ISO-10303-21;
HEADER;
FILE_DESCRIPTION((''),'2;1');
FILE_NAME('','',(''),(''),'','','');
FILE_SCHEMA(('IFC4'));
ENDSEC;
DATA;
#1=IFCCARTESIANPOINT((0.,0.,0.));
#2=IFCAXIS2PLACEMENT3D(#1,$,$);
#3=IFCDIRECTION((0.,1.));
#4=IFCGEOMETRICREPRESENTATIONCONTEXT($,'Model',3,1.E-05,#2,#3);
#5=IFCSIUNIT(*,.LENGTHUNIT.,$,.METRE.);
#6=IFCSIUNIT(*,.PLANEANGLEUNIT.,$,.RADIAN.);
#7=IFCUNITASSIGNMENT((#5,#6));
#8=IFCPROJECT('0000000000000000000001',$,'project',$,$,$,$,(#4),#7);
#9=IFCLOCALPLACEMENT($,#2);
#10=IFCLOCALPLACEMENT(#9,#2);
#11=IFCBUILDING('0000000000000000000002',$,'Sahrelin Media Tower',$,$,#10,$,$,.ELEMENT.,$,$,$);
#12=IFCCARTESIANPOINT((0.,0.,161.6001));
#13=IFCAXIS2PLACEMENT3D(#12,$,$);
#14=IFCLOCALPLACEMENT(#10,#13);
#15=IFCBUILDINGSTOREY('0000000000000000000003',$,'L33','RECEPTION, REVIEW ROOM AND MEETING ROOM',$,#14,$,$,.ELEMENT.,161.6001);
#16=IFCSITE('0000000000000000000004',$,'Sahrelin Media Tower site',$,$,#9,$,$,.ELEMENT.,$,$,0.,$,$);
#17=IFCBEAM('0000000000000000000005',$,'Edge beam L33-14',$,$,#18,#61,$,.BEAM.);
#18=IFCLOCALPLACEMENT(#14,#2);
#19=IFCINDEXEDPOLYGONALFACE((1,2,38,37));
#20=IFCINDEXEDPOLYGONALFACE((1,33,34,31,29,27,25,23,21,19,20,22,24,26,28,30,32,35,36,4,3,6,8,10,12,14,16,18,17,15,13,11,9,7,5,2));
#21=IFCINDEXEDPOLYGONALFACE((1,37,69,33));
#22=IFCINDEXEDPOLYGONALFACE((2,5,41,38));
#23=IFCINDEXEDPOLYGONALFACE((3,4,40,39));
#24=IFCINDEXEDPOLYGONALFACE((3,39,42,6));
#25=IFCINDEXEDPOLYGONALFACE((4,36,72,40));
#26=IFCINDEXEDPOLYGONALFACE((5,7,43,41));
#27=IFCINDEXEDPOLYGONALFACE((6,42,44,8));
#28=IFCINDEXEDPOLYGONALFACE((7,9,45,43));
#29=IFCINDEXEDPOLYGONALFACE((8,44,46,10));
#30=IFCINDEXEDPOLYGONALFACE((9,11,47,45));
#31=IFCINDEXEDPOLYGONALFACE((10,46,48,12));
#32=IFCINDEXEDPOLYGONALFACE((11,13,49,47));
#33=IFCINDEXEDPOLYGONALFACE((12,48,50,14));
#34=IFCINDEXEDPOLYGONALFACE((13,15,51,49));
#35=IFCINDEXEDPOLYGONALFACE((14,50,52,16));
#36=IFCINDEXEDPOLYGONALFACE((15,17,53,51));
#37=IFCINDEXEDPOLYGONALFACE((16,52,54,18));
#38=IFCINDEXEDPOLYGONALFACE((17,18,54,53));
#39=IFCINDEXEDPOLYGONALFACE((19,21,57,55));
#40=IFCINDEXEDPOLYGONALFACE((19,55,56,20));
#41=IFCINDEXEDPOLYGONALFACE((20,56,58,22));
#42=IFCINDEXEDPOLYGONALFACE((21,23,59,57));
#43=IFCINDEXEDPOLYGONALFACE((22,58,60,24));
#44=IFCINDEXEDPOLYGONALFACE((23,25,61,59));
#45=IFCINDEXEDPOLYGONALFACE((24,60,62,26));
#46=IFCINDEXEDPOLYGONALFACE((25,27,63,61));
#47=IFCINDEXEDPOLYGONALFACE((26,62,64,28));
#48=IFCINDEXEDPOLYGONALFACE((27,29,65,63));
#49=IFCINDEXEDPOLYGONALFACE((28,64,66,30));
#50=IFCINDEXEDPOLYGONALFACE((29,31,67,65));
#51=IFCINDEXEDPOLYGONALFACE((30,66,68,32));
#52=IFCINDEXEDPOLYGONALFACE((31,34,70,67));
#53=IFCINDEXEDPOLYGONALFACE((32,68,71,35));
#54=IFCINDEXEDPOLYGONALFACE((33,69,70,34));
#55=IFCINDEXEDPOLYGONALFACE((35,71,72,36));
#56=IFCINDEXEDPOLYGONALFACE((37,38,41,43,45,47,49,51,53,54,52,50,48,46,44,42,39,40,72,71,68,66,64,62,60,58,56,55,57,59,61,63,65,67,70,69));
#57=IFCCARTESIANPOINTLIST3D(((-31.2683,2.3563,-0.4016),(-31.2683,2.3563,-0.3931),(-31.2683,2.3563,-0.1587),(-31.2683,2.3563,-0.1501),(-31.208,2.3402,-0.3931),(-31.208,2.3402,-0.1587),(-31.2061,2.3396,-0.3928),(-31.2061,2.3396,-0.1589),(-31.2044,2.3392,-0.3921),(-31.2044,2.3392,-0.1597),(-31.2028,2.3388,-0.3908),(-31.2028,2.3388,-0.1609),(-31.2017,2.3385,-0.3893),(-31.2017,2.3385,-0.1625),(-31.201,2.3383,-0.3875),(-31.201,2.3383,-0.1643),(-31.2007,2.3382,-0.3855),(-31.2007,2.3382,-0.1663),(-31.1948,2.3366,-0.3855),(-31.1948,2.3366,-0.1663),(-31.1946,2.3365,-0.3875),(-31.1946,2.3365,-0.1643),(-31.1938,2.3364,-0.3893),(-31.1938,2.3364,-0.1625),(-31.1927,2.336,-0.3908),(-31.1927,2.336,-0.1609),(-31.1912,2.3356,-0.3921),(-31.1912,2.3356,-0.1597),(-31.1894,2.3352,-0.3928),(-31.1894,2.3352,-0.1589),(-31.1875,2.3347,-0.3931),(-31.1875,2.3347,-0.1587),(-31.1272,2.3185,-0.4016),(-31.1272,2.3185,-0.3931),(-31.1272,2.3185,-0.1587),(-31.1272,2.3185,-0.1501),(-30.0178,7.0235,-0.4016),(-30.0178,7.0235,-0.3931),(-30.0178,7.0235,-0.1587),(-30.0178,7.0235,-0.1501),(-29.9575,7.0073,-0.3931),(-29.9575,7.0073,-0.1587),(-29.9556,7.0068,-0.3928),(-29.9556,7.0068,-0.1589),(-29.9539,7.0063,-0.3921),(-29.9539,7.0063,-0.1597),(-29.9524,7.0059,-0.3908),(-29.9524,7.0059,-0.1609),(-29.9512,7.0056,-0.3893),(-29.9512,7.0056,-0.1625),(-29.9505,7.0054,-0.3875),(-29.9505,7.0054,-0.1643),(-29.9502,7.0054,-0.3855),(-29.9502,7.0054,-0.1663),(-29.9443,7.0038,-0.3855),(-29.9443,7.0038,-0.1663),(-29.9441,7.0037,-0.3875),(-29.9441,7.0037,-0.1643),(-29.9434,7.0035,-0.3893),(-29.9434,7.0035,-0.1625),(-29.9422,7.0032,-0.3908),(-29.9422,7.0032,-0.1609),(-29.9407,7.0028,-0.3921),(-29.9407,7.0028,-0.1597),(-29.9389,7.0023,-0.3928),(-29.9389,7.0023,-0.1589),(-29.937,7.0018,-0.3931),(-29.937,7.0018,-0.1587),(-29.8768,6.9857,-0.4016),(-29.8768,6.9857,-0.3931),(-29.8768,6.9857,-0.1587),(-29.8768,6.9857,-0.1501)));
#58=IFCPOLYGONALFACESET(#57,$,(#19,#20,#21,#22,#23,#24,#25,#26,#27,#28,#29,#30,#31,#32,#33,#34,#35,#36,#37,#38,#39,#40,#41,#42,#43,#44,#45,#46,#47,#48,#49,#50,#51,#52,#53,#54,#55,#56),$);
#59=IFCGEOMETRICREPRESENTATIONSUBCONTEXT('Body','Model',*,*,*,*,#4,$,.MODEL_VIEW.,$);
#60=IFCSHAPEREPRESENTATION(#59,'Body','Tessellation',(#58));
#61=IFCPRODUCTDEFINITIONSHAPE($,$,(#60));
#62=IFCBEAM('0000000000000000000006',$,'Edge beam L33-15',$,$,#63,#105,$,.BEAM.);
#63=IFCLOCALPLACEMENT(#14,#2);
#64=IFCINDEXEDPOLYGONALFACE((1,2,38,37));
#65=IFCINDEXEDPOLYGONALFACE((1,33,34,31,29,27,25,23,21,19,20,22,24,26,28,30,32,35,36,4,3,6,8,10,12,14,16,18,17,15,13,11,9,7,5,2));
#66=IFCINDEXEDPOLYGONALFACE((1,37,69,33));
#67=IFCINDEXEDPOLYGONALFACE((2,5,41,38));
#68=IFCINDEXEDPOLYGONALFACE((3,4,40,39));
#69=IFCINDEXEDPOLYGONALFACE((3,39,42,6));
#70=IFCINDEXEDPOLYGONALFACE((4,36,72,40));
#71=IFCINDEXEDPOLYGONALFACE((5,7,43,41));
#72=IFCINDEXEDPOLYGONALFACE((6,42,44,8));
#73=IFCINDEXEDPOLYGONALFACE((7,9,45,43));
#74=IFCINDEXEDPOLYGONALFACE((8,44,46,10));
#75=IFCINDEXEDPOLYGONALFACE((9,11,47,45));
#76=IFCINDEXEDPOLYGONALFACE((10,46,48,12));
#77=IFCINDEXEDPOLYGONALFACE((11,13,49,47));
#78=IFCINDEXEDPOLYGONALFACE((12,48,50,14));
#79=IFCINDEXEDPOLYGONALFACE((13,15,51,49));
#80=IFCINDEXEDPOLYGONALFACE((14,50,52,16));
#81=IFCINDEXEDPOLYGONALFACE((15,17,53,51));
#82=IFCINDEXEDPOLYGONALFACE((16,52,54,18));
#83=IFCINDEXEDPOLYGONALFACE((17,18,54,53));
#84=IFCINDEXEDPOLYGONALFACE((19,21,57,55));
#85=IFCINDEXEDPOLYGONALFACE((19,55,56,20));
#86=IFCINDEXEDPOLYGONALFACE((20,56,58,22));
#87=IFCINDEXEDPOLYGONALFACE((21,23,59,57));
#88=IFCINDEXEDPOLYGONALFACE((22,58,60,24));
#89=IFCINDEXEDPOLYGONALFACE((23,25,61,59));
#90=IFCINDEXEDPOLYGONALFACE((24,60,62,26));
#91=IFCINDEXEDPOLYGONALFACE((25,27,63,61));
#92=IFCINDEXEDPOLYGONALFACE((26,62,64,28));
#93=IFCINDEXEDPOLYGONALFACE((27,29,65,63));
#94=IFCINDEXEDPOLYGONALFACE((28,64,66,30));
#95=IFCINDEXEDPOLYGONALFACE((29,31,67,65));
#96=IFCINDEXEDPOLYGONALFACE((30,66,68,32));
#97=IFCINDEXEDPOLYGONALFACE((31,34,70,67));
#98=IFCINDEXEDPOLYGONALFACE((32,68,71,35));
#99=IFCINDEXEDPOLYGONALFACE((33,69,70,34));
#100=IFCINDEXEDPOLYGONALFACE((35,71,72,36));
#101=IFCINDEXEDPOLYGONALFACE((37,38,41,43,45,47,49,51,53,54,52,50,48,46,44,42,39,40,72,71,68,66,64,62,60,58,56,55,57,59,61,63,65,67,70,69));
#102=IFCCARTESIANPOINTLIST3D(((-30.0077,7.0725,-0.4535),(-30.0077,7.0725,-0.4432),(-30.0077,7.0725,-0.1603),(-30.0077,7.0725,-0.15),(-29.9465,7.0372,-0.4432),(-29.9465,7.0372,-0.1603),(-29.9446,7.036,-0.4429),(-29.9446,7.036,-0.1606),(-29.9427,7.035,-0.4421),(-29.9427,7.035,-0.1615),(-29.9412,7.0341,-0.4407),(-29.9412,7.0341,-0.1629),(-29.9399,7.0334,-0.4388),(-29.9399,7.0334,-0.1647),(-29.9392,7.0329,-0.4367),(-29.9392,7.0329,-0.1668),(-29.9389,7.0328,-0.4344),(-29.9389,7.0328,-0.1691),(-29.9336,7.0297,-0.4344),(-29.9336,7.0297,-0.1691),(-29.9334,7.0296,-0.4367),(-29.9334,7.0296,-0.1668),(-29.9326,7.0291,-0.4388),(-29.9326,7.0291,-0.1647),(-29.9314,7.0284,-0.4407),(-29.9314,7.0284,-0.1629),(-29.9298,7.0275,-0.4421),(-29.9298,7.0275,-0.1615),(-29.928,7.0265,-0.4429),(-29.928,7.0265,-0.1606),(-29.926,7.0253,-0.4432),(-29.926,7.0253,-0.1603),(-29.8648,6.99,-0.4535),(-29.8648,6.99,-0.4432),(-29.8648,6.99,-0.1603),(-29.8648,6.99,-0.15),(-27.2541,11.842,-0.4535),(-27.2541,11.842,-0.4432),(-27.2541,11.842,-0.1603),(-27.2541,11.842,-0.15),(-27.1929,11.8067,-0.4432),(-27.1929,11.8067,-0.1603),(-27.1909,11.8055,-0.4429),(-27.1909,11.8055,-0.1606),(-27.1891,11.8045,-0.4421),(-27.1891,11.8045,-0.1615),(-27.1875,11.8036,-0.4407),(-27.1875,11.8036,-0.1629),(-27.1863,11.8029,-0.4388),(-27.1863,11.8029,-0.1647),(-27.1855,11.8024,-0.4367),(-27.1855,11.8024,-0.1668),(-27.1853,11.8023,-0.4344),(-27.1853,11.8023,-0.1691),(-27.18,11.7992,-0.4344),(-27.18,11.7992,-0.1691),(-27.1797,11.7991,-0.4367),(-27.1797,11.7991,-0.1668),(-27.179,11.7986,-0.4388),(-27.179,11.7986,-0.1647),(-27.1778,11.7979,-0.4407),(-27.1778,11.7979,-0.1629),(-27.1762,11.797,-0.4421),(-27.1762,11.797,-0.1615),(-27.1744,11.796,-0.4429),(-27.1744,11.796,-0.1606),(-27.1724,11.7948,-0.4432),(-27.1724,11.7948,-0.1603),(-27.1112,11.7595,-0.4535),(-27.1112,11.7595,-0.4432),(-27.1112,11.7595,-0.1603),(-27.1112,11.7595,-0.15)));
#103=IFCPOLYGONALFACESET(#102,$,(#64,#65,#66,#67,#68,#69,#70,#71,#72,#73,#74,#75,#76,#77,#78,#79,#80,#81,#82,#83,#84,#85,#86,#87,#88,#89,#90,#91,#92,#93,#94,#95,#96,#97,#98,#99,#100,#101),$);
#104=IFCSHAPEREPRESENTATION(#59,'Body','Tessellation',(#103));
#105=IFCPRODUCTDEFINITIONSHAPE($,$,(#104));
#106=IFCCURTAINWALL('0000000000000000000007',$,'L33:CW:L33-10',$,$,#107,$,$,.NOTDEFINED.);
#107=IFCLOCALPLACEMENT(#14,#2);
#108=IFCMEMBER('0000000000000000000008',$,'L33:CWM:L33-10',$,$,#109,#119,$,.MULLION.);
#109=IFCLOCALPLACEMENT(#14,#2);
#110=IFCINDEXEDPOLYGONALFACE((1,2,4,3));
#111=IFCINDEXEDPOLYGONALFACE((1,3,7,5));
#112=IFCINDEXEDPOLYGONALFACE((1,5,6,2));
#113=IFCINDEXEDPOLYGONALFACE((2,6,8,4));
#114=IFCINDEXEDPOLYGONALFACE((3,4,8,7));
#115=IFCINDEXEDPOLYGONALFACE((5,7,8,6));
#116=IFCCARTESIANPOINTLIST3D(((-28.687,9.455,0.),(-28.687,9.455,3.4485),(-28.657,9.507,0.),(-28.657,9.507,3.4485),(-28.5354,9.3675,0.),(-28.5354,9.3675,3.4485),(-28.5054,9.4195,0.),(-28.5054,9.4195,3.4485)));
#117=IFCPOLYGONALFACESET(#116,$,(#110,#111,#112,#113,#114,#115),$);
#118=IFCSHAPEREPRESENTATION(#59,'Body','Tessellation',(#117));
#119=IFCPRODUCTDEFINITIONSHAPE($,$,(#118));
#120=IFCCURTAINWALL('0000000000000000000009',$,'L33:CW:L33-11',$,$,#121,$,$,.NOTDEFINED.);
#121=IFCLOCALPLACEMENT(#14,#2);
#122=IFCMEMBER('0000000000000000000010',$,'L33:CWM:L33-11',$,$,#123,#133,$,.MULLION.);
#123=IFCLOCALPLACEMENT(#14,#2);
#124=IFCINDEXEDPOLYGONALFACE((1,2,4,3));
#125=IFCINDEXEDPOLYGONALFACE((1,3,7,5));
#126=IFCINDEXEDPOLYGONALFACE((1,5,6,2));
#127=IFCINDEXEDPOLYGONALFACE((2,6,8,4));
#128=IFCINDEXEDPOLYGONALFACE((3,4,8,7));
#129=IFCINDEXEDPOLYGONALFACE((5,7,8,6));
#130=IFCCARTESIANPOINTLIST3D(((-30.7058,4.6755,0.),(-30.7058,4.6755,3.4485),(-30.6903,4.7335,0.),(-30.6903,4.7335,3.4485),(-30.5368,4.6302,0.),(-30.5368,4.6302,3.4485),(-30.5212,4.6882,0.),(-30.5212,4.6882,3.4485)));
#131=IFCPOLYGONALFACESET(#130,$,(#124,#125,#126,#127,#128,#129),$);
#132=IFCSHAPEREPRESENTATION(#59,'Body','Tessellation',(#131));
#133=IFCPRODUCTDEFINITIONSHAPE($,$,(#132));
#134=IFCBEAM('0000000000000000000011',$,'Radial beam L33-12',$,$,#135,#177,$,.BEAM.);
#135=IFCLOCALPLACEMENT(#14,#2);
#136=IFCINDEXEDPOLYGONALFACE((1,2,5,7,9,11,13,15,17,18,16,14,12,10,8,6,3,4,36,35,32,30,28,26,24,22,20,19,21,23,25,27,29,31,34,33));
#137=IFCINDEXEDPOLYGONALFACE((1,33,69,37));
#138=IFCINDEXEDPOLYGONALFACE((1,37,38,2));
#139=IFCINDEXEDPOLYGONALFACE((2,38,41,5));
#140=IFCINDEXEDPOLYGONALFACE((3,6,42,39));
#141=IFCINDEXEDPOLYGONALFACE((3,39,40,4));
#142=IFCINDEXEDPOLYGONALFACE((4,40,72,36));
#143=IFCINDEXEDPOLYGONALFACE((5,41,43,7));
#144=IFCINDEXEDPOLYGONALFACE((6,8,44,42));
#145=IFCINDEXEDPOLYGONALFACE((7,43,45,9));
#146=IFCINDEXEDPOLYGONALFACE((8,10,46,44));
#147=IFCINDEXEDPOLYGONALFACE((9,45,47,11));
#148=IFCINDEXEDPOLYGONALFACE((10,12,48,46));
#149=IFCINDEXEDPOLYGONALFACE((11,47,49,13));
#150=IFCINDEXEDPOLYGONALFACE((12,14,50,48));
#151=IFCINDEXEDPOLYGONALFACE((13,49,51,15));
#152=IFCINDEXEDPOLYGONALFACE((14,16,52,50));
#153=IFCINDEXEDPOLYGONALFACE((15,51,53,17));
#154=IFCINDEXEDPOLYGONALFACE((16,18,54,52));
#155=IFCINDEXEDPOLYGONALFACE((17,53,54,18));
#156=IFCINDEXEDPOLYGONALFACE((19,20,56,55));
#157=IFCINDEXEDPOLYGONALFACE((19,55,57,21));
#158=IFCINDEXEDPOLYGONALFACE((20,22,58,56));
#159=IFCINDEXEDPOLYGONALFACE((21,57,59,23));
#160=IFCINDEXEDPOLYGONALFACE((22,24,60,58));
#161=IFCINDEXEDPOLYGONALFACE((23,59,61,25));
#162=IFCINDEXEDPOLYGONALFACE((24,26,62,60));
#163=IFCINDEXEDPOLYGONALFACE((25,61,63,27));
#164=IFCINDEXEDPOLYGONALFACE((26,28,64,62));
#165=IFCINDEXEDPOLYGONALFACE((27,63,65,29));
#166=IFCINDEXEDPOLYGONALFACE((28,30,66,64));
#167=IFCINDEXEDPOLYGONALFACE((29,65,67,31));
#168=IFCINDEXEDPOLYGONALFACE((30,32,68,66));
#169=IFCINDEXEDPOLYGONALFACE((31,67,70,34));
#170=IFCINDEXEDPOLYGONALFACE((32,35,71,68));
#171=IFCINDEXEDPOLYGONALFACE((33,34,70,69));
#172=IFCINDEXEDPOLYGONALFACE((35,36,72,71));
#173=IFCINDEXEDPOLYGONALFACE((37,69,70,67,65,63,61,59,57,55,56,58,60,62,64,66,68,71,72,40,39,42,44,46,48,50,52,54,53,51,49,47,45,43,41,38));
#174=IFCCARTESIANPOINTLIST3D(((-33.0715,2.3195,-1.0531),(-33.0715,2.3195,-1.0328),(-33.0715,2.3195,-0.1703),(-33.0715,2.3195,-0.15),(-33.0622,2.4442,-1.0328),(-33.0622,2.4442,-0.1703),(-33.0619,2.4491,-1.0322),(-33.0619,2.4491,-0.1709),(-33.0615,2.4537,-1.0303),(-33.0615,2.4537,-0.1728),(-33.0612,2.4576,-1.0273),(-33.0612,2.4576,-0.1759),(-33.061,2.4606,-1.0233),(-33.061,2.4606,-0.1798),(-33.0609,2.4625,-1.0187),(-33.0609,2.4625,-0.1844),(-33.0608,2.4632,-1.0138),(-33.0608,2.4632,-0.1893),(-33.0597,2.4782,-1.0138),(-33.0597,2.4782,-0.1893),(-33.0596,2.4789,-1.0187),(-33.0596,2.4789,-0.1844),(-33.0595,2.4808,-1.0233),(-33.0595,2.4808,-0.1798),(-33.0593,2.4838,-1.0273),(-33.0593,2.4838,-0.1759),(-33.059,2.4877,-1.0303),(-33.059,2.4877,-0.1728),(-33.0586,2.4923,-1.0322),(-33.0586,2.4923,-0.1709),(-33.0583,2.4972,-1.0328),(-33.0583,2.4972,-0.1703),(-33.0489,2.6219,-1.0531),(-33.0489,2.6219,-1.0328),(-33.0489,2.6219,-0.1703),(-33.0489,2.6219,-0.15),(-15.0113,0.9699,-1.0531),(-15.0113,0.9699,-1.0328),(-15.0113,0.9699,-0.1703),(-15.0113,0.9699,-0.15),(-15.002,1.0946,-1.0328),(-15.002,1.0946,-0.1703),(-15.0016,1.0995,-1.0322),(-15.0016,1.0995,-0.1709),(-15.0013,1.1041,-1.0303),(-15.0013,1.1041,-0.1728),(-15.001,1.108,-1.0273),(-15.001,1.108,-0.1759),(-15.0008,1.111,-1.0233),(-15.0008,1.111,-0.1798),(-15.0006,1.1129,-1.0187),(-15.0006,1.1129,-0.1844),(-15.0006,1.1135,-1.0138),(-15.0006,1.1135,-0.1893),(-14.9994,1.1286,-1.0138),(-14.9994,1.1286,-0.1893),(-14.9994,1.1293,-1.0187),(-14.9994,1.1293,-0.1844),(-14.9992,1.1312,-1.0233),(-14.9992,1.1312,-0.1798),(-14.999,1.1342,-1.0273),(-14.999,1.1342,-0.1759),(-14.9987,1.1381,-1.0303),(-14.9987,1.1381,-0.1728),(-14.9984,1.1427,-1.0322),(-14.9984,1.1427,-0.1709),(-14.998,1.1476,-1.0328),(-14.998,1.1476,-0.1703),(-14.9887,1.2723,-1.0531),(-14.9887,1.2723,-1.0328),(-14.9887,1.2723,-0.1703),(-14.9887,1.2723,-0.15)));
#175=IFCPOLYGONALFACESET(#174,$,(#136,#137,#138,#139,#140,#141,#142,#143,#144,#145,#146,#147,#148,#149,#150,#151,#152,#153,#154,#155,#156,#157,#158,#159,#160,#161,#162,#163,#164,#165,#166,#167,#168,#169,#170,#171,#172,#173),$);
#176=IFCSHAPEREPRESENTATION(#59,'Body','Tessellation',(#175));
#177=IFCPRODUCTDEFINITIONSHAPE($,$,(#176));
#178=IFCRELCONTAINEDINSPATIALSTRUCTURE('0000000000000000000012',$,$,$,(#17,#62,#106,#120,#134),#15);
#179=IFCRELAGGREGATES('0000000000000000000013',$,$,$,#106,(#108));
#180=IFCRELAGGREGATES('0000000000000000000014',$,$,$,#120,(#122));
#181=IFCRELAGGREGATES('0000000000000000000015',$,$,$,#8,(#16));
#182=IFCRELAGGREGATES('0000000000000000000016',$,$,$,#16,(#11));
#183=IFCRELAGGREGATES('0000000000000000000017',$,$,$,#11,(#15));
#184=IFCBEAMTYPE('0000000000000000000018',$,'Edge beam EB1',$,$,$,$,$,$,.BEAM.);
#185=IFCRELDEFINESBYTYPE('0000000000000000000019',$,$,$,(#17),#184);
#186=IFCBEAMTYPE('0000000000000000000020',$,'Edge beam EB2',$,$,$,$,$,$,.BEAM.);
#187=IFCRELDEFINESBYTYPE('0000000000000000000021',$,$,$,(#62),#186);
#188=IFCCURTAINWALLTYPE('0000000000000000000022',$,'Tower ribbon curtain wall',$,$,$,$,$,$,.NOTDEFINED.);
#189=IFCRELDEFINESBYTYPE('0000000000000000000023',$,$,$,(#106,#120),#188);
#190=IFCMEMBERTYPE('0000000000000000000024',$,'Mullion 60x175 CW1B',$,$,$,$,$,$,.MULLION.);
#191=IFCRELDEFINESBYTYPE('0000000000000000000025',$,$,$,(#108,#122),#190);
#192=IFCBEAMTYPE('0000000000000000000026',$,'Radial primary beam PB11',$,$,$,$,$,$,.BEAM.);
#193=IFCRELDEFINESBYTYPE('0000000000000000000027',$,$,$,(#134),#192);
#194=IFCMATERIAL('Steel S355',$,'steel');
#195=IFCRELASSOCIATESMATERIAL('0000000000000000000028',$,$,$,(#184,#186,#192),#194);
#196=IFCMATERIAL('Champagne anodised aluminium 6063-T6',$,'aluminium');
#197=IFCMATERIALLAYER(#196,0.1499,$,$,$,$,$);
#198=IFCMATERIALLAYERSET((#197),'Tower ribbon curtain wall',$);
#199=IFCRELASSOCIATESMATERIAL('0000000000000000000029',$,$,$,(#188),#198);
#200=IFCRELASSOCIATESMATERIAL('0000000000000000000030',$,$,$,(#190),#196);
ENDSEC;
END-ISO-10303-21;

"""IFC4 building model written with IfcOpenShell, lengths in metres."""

from ifc_helpers import new_model, si_unit, direction, frame, origin, origin_2d, place, context, subcontext, project, spatial, rectangle, i_section, extrude, material, layer, layer_set, material_profile, profile_set, type_object, element, aggregate, save


model = new_model("IFC4")

# Units and contexts
model_context = context("Model", 3, precision=1e-05, world=origin(), true_north=direction((0.0, 1.0)))
body_context = subcontext(model_context, "Body", "Model", "MODEL_VIEW")
ifc_project = project(units=[si_unit("LENGTHUNIT", "METRE"), si_unit("PLANEANGLEUNIT", "RADIAN")], contexts=[model_context])

# Site, building, storey
site_placement = place(None, origin())
site = spatial("IfcSite", under=ifc_project, at=site_placement, Name="Sahrelin Media Tower site", CompositionType="ELEMENT", RefElevation=0.0)
building_placement = place(site_placement, origin())
building = spatial("IfcBuilding", under=site, at=building_placement, Name="Sahrelin Media Tower", CompositionType="ELEMENT")
storey_placement = place(building_placement, frame((0.0, 0.0, 161.6001)))
storey = spatial("IfcBuildingStorey", under=building, at=storey_placement, Name="L33", Description="RECEPTION, REVIEW ROOM AND MEETING ROOM", CompositionType="ELEMENT", Elevation=161.6001)

# Beams
ifc_material_1 = material(Name="Steel S355", Category="steel")
ifc_material_profile_1 = material_profile(ifc_material_1, i_section(OverallWidth=0.146, OverallDepth=0.2515, WebThickness=0.0061, FlangeThickness=0.0085, FilletRadius=0.0076, at=origin_2d()), Name="UB 254x146x31")
ifc_profile_set_1 = profile_set([ifc_material_profile_1], Name="Steel S355")
beam_type_1 = type_object("IfcBeamType", Name="Edge beam EB1", PredefinedType="BEAM", material=ifc_profile_set_1)
beam_1_placement = place(storey_placement, frame((-31.1978, 2.3374, -0.2759), z_axis=(0.258801, 0.965931, 0.0), x_axis=(-0.965931, 0.258801, 0.0)))
element("IfcBeam", 1, at=beam_1_placement, inside=storey, type_object=beam_type_1, Name="Edge beam L33-14", PredefinedType="BEAM", context=body_context, shape_type="SweptSolid", body=[
    extrude(i_section(OverallWidth=0.146, OverallDepth=0.2515, WebThickness=0.0061, FlangeThickness=0.0085, FilletRadius=0.0076, at=origin_2d()), origin(), (0.0, 0.0, 1.0), 4.8318),
])
ifc_material_profile_2 = material_profile(ifc_material_1, i_section(OverallWidth=0.165, OverallDepth=0.3035, WebThickness=0.0061, FlangeThickness=0.0103, FilletRadius=0.0088, at=origin_2d()), Name="UB 305x165x40")
ifc_profile_set_2 = profile_set([ifc_material_profile_2], Name="Steel S355")
beam_type_2 = type_object("IfcBeamType", Name="Edge beam EB2", PredefinedType="BEAM", material=ifc_profile_set_2)
beam_2_placement = place(storey_placement, frame((-29.9363, 7.0312, -0.3018), z_axis=(0.499996, 0.866028, 0.0), x_axis=(-0.866028, 0.499996, 0.0)))
element("IfcBeam", 2, at=beam_2_placement, inside=storey, type_object=beam_type_2, Name="Edge beam L33-15", PredefinedType="BEAM", context=body_context, shape_type="SweptSolid", body=[
    extrude(i_section(OverallWidth=0.165, OverallDepth=0.3035, WebThickness=0.0061, FlangeThickness=0.0103, FilletRadius=0.0088, at=origin_2d()), origin(), (0.0, 0.0, 1.0), 5.5073),
])

# Curtain walls, members
ifc_material_2 = material(Name="Champagne anodised aluminium 6063-T6", Category="aluminium")
ifc_layer_1 = layer(ifc_material_2, 0.1499)
ifc_layer_set_1 = layer_set([ifc_layer_1], Name="Tower ribbon curtain wall")
curtain_wall_type = type_object("IfcCurtainWallType", Name="Tower ribbon curtain wall", PredefinedType="NOTDEFINED", material=ifc_layer_set_1)
curtain_wall_1_placement = place(storey_placement, frame((-28.6892, 9.491, 0.0), z_axis=(0.0, 0.0, 1.0), x_axis=(1.0, 0.0, 0.0)))
curtain_wall_1 = element("IfcCurtainWall", 3, at=curtain_wall_1_placement, inside=storey, type_object=curtain_wall_type, Name="L33:CW:L33-10", PredefinedType="NOTDEFINED")
ifc_material_profile_3 = material_profile(ifc_material_2, rectangle(XDim=0.0601, YDim=0.175, at=origin_2d()), Name="Mullion 60x175")
ifc_profile_set_3 = profile_set([ifc_material_profile_3], Name="Champagne anodised aluminium 6063-T6")
member_type_1 = type_object("IfcMemberType", Name="Mullion 60x175 CW1B", PredefinedType="MULLION", material=ifc_profile_set_3)
member_1_placement = place(storey_placement, frame((-28.5962, 9.4373, 0.0), z_axis=(0.0, 0.0, 1.0), x_axis=(-0.499998, -0.866026, 0.0)))
member_1 = element("IfcMember", 4, at=member_1_placement, type_object=member_type_1, Name="L33:CWM:L33-10", PredefinedType="MULLION", context=body_context, shape_type="SweptSolid", body=[
    extrude(rectangle(XDim=0.0601, YDim=0.175, at=origin_2d()), origin(), (0.0, 0.0, 1.0), 3.4485),
])
curtain_wall_2_placement = place(storey_placement, frame((-30.7173, 4.7097, 0.0), z_axis=(0.0, 0.0, 1.0), x_axis=(1.0, 0.0, 0.0)))
curtain_wall_2 = element("IfcCurtainWall", 5, at=curtain_wall_2_placement, inside=storey, type_object=curtain_wall_type, Name="L33:CW:L33-11", PredefinedType="NOTDEFINED")
member_2_placement = place(storey_placement, frame((-30.6135, 4.6819, 0.0), z_axis=(0.0, 0.0, 1.0), x_axis=(-0.258807, -0.965929, 0.0)))
member_2 = element("IfcMember", 6, at=member_2_placement, type_object=member_type_1, Name="L33:CWM:L33-11", PredefinedType="MULLION", context=body_context, shape_type="SweptSolid", body=[
    extrude(rectangle(XDim=0.0601, YDim=0.175, at=origin_2d()), origin(), (0.0, 0.0, 1.0), 3.4485),
])

# Beam
ifc_material_profile_4 = material_profile(ifc_material_1, i_section(OverallWidth=0.3032, OverallDepth=0.9031, WebThickness=0.0151, FlangeThickness=0.0203, FilletRadius=0.019, at=origin_2d()), Name="UB 914x305x201")
ifc_profile_set_4 = profile_set([ifc_material_profile_4], Name="Steel S355")
beam_type_3 = type_object("IfcBeamType", Name="Radial primary beam PB11", PredefinedType="BEAM", material=ifc_profile_set_4)
beam_3_placement = place(storey_placement, frame((-15.0, 1.1211, -0.6016), z_axis=(-0.99722, 0.07452, 0.0), x_axis=(-0.07452, -0.99722, 0.0)))
element("IfcBeam", 7, at=beam_3_placement, inside=storey, type_object=beam_type_3, Name="Radial beam L33-12", PredefinedType="BEAM", context=body_context, shape_type="SweptSolid", body=[
    extrude(i_section(OverallWidth=0.3032, OverallDepth=0.9031, WebThickness=0.0151, FlangeThickness=0.0203, FilletRadius=0.019, at=origin_2d()), origin(), (0.0, 0.0, 1.0), 18.1106),
])

aggregate(curtain_wall_1, [member_1])

aggregate(curtain_wall_2, [member_2])

save(model, "model.ifc")
